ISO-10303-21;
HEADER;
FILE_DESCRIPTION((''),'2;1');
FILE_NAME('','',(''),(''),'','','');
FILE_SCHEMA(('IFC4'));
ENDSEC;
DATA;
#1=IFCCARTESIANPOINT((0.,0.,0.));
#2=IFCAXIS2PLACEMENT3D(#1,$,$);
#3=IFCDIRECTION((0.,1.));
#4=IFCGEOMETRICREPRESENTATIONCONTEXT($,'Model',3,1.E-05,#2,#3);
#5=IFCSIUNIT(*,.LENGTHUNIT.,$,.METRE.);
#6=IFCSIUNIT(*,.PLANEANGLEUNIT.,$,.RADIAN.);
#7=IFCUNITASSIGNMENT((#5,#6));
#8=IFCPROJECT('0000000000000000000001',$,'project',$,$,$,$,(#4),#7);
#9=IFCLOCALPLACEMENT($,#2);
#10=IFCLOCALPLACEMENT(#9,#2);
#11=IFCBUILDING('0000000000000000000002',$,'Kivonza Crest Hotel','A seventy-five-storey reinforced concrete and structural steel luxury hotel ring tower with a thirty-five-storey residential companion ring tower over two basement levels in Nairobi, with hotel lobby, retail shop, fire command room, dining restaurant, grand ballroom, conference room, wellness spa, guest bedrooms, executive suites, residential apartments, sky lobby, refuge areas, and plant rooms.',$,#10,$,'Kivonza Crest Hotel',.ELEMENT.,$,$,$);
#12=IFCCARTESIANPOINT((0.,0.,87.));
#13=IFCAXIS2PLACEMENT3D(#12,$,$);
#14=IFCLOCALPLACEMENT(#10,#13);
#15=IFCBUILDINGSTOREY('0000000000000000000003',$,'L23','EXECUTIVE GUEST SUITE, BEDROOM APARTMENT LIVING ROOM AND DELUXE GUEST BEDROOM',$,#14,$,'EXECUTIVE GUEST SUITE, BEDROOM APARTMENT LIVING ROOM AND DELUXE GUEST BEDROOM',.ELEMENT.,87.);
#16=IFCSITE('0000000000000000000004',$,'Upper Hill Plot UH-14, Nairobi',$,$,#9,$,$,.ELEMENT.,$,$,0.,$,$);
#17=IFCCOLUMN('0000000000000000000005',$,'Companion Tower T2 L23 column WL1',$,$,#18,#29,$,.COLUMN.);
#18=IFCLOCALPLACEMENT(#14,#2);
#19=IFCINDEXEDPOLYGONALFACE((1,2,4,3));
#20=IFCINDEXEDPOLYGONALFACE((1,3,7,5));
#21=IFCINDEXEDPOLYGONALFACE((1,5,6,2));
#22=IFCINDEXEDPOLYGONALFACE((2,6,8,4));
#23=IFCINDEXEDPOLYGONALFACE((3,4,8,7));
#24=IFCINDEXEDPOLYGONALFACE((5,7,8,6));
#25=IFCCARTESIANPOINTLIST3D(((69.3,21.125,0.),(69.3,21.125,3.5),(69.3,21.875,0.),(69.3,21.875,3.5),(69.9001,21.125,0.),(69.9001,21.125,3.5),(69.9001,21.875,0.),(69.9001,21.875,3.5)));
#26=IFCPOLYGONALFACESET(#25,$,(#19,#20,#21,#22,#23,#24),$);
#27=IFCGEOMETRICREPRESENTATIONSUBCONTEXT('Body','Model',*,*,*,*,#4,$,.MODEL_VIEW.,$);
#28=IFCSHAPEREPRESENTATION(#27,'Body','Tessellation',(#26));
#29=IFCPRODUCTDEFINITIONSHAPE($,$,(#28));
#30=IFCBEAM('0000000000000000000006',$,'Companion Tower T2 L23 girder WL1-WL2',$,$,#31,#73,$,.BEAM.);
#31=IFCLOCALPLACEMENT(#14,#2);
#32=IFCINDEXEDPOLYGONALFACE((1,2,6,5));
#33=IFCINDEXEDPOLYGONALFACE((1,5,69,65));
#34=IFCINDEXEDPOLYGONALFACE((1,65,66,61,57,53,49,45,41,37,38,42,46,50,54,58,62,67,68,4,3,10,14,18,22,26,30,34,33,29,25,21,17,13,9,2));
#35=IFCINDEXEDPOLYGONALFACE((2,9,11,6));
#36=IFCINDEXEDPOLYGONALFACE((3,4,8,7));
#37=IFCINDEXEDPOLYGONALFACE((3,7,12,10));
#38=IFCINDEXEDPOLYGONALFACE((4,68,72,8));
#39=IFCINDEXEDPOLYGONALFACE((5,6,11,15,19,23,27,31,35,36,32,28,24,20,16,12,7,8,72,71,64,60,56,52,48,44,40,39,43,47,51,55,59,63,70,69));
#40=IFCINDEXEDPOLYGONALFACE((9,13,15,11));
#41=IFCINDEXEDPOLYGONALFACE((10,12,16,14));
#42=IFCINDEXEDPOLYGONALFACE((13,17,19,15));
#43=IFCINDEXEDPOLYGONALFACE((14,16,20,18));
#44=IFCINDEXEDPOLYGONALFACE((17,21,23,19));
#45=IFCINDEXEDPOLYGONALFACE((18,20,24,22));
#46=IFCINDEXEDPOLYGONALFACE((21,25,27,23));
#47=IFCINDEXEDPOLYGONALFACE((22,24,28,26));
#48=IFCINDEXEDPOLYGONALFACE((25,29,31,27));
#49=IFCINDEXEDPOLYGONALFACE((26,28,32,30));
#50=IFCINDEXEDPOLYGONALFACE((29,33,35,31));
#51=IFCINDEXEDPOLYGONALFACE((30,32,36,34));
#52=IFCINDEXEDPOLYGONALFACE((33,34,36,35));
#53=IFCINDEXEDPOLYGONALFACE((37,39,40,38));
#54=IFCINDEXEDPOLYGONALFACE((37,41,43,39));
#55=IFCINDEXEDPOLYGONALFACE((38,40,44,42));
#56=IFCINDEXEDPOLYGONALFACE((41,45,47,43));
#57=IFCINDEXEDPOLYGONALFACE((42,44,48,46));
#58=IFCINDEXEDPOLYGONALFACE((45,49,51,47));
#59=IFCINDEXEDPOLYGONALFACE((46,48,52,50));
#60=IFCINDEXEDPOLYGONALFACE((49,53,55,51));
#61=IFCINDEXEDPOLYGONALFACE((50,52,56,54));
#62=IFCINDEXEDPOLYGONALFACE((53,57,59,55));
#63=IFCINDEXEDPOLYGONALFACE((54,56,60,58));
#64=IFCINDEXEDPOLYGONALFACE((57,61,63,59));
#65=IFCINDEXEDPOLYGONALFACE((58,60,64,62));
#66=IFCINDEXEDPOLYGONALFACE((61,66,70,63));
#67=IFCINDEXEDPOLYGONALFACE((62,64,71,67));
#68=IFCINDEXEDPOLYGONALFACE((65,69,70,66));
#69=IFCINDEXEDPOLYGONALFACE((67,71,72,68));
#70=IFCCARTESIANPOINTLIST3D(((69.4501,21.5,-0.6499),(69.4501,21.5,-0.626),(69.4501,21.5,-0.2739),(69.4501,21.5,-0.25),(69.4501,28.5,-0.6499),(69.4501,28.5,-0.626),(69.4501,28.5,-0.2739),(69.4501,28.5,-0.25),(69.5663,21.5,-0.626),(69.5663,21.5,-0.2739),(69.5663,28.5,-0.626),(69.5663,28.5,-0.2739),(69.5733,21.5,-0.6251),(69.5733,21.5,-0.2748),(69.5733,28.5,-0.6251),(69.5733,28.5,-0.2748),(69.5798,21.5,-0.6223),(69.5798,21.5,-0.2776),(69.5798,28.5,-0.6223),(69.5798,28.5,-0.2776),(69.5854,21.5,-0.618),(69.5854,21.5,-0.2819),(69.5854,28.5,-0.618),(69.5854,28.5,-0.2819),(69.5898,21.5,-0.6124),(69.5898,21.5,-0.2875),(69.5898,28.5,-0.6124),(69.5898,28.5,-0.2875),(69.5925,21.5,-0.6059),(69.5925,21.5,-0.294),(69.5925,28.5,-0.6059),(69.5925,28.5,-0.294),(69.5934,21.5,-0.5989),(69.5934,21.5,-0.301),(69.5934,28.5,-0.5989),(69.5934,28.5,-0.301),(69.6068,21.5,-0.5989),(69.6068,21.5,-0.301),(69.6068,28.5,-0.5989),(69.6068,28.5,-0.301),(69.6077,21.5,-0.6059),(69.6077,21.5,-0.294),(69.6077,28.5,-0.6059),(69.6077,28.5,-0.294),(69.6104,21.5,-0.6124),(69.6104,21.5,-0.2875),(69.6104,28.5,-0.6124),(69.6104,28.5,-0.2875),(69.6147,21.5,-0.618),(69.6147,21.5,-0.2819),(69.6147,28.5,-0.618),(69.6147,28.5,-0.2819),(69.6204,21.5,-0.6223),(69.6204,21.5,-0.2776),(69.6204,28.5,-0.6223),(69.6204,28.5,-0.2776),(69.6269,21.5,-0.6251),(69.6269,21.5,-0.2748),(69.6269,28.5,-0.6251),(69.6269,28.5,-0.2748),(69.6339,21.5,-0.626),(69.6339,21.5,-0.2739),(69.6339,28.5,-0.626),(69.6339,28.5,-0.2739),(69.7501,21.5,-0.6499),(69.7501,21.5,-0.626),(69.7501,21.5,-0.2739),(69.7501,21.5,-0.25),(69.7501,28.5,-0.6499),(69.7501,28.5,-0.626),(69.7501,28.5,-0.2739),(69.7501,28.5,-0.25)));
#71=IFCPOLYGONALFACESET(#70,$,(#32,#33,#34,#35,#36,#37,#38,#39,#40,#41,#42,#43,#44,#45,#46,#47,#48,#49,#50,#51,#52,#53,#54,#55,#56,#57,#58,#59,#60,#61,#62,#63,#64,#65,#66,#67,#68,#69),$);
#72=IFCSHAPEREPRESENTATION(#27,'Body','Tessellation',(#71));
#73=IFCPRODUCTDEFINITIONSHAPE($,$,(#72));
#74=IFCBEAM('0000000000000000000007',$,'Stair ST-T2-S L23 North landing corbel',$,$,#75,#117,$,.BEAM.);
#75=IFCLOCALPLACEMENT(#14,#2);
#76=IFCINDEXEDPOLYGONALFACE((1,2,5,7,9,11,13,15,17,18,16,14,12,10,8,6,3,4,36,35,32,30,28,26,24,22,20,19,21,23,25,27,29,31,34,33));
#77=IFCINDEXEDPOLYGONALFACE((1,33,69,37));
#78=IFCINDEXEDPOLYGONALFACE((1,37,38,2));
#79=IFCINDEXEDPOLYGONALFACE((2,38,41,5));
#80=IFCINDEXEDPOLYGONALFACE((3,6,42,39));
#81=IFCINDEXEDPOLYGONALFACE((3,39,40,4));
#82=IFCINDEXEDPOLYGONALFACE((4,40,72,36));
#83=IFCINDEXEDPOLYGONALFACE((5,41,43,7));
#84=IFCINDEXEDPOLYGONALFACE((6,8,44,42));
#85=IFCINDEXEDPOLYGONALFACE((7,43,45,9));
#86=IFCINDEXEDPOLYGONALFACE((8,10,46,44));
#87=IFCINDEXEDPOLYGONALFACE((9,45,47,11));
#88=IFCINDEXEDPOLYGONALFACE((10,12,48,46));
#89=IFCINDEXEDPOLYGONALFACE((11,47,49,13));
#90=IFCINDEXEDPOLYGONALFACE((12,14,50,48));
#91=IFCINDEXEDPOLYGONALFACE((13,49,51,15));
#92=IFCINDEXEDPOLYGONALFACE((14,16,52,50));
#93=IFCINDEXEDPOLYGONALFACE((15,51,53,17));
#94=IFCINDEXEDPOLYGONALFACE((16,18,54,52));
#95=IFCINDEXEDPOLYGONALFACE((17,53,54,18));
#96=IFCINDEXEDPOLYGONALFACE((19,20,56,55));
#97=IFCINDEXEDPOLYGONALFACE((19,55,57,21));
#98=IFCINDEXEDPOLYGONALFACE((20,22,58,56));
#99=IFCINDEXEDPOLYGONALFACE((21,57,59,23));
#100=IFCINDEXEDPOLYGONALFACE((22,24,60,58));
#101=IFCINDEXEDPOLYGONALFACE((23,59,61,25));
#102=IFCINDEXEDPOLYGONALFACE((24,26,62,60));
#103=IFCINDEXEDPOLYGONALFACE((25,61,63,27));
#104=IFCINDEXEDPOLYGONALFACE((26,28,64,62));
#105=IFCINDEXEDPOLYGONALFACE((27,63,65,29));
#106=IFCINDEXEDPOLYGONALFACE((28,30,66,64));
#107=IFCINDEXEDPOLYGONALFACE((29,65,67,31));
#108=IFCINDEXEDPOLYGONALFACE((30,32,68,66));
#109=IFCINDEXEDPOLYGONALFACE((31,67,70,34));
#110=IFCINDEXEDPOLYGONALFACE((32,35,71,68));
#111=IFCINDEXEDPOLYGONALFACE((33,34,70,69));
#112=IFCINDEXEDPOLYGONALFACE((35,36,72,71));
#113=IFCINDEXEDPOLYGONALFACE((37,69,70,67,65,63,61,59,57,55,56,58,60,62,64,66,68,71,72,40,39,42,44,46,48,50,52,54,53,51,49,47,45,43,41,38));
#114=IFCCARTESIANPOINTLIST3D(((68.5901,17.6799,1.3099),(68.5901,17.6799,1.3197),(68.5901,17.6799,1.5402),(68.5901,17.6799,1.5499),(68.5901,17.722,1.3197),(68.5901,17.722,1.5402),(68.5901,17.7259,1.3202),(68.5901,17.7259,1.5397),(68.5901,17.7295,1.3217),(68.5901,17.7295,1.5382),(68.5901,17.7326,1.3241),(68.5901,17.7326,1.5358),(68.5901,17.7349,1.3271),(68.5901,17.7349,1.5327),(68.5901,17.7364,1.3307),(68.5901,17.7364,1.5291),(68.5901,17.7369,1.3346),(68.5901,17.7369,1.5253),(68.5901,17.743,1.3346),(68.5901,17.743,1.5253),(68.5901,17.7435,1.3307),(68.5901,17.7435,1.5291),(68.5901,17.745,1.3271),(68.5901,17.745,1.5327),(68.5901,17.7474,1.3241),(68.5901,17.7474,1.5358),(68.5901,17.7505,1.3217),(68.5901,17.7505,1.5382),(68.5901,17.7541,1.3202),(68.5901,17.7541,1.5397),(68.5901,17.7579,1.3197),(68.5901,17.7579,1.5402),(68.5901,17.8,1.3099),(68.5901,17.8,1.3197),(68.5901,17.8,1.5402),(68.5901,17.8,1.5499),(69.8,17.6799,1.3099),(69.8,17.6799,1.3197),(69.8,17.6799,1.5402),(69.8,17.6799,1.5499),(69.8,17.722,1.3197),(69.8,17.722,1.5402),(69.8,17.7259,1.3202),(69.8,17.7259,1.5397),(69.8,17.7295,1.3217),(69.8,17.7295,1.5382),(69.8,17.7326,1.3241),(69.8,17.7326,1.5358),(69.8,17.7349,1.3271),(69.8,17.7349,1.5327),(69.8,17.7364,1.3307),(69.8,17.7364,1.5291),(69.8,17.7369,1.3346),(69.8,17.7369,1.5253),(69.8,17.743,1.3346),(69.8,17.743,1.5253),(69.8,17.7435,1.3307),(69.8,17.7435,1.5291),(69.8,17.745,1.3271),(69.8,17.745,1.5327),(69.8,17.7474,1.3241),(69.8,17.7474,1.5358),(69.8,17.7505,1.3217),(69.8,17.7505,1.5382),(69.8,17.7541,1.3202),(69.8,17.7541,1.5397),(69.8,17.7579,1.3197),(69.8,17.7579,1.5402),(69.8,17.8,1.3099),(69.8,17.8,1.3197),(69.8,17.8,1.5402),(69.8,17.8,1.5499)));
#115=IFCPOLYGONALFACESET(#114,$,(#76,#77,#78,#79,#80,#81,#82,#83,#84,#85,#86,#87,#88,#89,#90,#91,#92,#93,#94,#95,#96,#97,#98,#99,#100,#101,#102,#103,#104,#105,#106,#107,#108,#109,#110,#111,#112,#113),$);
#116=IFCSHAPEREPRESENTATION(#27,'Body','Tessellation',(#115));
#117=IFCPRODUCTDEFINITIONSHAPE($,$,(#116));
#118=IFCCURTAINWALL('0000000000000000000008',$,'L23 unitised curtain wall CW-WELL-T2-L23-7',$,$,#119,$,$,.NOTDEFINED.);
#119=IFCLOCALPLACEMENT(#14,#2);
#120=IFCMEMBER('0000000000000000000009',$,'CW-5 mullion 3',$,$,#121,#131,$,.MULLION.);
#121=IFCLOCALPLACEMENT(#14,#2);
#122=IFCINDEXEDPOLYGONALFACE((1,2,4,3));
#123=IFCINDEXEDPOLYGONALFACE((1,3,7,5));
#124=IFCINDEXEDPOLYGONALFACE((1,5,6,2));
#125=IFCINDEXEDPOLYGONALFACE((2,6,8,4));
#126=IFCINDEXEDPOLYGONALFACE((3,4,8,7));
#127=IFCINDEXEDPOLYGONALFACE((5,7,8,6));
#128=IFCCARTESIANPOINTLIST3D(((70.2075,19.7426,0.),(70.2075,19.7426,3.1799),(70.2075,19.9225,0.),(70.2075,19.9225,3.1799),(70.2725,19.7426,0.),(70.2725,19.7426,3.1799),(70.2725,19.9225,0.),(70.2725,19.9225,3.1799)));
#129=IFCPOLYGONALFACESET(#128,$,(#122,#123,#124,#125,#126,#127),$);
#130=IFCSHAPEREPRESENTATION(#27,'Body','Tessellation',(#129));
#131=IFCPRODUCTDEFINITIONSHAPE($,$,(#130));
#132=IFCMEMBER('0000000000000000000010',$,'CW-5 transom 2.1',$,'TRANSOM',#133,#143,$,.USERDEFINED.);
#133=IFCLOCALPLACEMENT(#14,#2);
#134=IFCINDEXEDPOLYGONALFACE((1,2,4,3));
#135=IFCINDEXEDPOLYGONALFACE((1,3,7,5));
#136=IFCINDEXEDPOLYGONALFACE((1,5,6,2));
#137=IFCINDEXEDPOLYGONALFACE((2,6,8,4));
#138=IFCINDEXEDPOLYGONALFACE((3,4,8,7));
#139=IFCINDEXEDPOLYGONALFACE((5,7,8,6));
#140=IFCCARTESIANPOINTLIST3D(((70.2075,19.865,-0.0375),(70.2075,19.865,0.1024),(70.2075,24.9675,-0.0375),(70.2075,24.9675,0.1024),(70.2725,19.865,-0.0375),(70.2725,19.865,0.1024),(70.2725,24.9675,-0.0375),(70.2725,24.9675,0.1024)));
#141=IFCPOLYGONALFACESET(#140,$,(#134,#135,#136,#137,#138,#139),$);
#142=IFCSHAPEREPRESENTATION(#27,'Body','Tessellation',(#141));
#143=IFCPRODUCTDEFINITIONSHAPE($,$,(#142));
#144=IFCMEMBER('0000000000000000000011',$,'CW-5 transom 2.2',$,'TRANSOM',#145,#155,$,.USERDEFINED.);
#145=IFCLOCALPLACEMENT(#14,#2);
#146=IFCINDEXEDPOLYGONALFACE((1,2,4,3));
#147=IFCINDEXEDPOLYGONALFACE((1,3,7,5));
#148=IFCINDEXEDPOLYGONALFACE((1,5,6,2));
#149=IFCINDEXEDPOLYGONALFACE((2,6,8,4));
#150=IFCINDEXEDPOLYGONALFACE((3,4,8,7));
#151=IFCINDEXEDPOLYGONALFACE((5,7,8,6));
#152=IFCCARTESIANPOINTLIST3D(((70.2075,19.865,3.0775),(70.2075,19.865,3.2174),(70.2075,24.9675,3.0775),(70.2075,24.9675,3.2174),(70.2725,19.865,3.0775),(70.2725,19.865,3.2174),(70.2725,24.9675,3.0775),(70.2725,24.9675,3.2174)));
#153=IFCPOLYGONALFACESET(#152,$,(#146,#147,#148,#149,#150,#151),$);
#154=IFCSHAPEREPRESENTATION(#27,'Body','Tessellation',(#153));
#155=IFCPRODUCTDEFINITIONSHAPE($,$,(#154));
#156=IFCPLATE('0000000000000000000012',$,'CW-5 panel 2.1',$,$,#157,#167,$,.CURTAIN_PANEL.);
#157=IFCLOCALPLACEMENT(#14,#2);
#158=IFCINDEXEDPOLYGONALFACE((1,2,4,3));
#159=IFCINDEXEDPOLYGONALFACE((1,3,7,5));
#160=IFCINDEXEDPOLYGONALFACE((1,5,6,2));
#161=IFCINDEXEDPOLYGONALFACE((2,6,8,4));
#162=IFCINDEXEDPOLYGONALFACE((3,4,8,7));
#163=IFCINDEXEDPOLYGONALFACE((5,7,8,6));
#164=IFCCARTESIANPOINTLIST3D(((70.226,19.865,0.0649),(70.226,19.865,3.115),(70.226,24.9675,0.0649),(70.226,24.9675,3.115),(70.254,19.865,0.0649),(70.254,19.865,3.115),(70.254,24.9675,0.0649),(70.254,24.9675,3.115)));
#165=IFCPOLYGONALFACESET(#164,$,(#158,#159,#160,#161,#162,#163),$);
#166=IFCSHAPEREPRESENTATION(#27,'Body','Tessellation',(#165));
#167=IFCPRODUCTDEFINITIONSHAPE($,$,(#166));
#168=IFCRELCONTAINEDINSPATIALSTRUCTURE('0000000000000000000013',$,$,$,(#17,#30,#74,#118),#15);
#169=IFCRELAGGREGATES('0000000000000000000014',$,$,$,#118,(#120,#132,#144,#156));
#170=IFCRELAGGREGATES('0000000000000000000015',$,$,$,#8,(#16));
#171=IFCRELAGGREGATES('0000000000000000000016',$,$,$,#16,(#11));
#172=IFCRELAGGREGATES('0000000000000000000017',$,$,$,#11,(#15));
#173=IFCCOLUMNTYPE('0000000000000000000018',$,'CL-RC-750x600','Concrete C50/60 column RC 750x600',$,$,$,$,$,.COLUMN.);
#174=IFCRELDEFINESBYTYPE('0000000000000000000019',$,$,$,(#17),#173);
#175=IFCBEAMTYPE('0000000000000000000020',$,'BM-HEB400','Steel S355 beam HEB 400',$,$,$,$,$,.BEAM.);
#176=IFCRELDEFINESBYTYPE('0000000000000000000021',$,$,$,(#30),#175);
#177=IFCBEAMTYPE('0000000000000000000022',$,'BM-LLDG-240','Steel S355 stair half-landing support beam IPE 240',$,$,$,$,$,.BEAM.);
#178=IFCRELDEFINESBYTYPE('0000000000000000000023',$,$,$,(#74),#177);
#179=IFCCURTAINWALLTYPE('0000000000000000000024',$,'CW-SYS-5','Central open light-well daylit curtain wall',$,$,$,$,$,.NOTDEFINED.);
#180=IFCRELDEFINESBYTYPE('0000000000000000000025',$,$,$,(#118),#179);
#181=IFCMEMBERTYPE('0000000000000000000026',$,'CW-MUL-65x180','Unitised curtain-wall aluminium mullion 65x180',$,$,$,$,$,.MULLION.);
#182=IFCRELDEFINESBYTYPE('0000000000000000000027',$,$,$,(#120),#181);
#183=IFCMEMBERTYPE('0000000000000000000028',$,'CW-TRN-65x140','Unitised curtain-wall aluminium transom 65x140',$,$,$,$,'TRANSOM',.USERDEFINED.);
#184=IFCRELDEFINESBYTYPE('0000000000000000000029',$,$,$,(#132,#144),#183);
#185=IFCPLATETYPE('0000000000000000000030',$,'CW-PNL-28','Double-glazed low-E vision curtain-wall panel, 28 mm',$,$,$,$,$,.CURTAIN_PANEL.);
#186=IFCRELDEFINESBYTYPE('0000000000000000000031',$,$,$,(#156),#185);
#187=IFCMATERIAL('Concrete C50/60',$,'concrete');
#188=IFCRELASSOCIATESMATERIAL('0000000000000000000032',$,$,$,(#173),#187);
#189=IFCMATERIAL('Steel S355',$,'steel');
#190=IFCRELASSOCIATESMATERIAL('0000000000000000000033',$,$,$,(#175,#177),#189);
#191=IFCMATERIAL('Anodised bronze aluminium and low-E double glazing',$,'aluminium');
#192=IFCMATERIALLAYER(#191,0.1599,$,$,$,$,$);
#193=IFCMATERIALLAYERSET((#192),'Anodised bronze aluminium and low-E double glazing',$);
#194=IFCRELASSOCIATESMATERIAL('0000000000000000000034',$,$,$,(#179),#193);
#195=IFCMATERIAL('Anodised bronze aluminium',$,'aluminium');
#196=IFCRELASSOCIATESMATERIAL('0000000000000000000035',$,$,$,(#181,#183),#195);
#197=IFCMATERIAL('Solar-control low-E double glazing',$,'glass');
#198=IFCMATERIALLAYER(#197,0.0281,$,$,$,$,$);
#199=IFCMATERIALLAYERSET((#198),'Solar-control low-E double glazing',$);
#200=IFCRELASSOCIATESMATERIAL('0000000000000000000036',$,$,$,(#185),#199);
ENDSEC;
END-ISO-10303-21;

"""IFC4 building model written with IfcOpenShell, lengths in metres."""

from ifc_helpers import new_model, si_unit, direction, frame, origin, origin_2d, place, context, subcontext, project, spatial, rectangle, i_section, extrude, material, layer, layer_set, material_profile, profile_set, type_object, element, aggregate, save


model = new_model("IFC4")

# Units and contexts
model_context = context("Model", 3, precision=1e-05, world=origin(), true_north=direction((0.0, 1.0)))
body_context = subcontext(model_context, "Body", "Model", "MODEL_VIEW")
ifc_project = project(units=[si_unit("LENGTHUNIT", "METRE"), si_unit("PLANEANGLEUNIT", "RADIAN")], contexts=[model_context])

# Site, building, storey
site_placement = place(None, origin())
site = spatial("IfcSite", under=ifc_project, at=site_placement, Name="Upper Hill Plot UH-14, Nairobi", CompositionType="ELEMENT", RefElevation=0.0)
building_placement = place(site_placement, origin())
building = spatial("IfcBuilding", under=site, at=building_placement, Name="Kivonza Crest Hotel", Description="A seventy-five-storey reinforced concrete and structural steel luxury hotel ring tower with a thirty-five-storey residential companion ring tower over two basement levels in Nairobi, with hotel lobby, retail shop, fire command room, dining restaurant, grand ballroom, conference room, wellness spa, guest bedrooms, executive suites, residential apartments, sky lobby, refuge areas, and plant rooms.", LongName="Kivonza Crest Hotel", CompositionType="ELEMENT")
storey_placement = place(building_placement, frame((0.0, 0.0, 87.0)))
storey = spatial("IfcBuildingStorey", under=building, at=storey_placement, Name="L23", Description="EXECUTIVE GUEST SUITE, BEDROOM APARTMENT LIVING ROOM AND DELUXE GUEST BEDROOM", LongName="EXECUTIVE GUEST SUITE, BEDROOM APARTMENT LIVING ROOM AND DELUXE GUEST BEDROOM", CompositionType="ELEMENT", Elevation=87.0)

# Column
ifc_material_1 = material(Name="Concrete C50/60", Category="concrete")
ifc_material_profile_1 = material_profile(ifc_material_1, rectangle(XDim=0.6001, YDim=0.75, at=origin_2d()), Name="RC 750x600")
ifc_profile_set_1 = profile_set([ifc_material_profile_1], Name="Concrete C50/60")
column_type = type_object("IfcColumnType", Name="CL-RC-750x600", Description="Concrete C50/60 column RC 750x600", PredefinedType="COLUMN", material=ifc_profile_set_1)
column_placement = place(storey_placement, frame((69.6001, 21.5, 0.0), z_axis=(0.0, 0.0, 1.0), x_axis=(1.0, 0.0, 0.0)))
element("IfcColumn", 1, at=column_placement, inside=storey, type_object=column_type, Name="Companion Tower T2 L23 column WL1", PredefinedType="COLUMN", context=body_context, shape_type="SweptSolid", body=[
    extrude(rectangle(XDim=0.6001, YDim=0.75, at=origin_2d()), origin(), (0.0, 0.0, 1.0), 3.5),
])

# Beams
ifc_material_2 = material(Name="Steel S355", Category="steel")
ifc_material_profile_2 = material_profile(ifc_material_2, i_section(OverallWidth=0.3, OverallDepth=0.3999, WebThickness=0.0134, FlangeThickness=0.0239, FilletRadius=0.0271, at=origin_2d()), Name="HEB 400")
ifc_profile_set_2 = profile_set([ifc_material_profile_2], Name="Steel S355")
beam_type_1 = type_object("IfcBeamType", Name="BM-HEB400", Description="Steel S355 beam HEB 400", PredefinedType="BEAM", material=ifc_profile_set_2)
beam_1_placement = place(storey_placement, frame((69.6001, 21.5, -0.45), z_axis=(0.0, 1.0, 0.0), x_axis=(-1.0, 0.0, 0.0)))
element("IfcBeam", 2, at=beam_1_placement, inside=storey, type_object=beam_type_1, Name="Companion Tower T2 L23 girder WL1-WL2", PredefinedType="BEAM", context=body_context, shape_type="SweptSolid", body=[
    extrude(i_section(OverallWidth=0.3, OverallDepth=0.3999, WebThickness=0.0134, FlangeThickness=0.0239, FilletRadius=0.0271, at=origin_2d()), origin(), (0.0, 0.0, 1.0), 7.0),
])
ifc_material_profile_3 = material_profile(ifc_material_2, i_section(OverallWidth=0.1201, OverallDepth=0.24, WebThickness=0.0061, FlangeThickness=0.0098, FilletRadius=0.0149, at=origin_2d()), Name="IPE 240")
ifc_profile_set_3 = profile_set([ifc_material_profile_3], Name="Steel S355")
beam_type_2 = type_object("IfcBeamType", Name="BM-LLDG-240", Description="Steel S355 stair half-landing support beam IPE 240", PredefinedType="BEAM", material=ifc_profile_set_3)
beam_2_placement = place(storey_placement, frame((68.5901, 17.74, 1.4299), z_axis=(1.0, 0.0, 0.0), x_axis=(0.0, 1.0, 0.0)))
element("IfcBeam", 3, at=beam_2_placement, inside=storey, type_object=beam_type_2, Name="Stair ST-T2-S L23 North landing corbel", PredefinedType="BEAM", context=body_context, shape_type="SweptSolid", body=[
    extrude(i_section(OverallWidth=0.1201, OverallDepth=0.24, WebThickness=0.0061, FlangeThickness=0.0098, FilletRadius=0.0149, at=origin_2d()), origin(), (0.0, 0.0, 1.0), 1.21),
])

# Curtain wall, members, plate
ifc_material_3 = material(Name="Anodised bronze aluminium and low-E double glazing", Category="aluminium")
ifc_layer_1 = layer(ifc_material_3, 0.1599)
ifc_layer_set_1 = layer_set([ifc_layer_1], Name="Anodised bronze aluminium and low-E double glazing")
curtain_wall_type = type_object("IfcCurtainWallType", Name="CW-SYS-5", Description="Central open light-well daylit curtain wall", PredefinedType="NOTDEFINED", material=ifc_layer_set_1)
curtain_wall_placement = place(storey_placement, origin())
curtain_wall = element("IfcCurtainWall", 4, at=curtain_wall_placement, inside=storey, type_object=curtain_wall_type, Name="L23 unitised curtain wall CW-WELL-T2-L23-7", PredefinedType="NOTDEFINED")
ifc_material_4 = material(Name="Anodised bronze aluminium", Category="aluminium")
ifc_material_profile_4 = material_profile(ifc_material_4, rectangle(XDim=0.0649, YDim=0.1799, at=origin_2d()), Name="CW-M 65x180")
ifc_profile_set_4 = profile_set([ifc_material_profile_4], Name="Anodised bronze aluminium")
member_type_1 = type_object("IfcMemberType", Name="CW-MUL-65x180", Description="Unitised curtain-wall aluminium mullion 65x180", PredefinedType="MULLION", material=ifc_profile_set_4)
member_1_placement = place(storey_placement, frame((70.24, 19.8325, 0.0), z_axis=(0.0, 0.0, 1.0), x_axis=(1.0, 0.0, 0.0)))
member_1 = element("IfcMember", 5, at=member_1_placement, type_object=member_type_1, Name="CW-5 mullion 3", PredefinedType="MULLION", context=body_context, shape_type="SweptSolid", body=[
    extrude(rectangle(XDim=0.0649, YDim=0.1799, at=origin_2d()), origin(), (0.0, 0.0, 1.0), 3.1799),
])
ifc_material_profile_5 = material_profile(ifc_material_4, rectangle(XDim=0.0649, YDim=0.1399, at=origin_2d()), Name="CW-T 65x140")
ifc_profile_set_5 = profile_set([ifc_material_profile_5], Name="Anodised bronze aluminium")
member_type_2 = type_object("IfcMemberType", Name="CW-TRN-65x140", Description="Unitised curtain-wall aluminium transom 65x140", ElementType="TRANSOM", PredefinedType="USERDEFINED", material=ifc_profile_set_5)
member_2_placement = place(storey_placement, frame((70.24, 24.9675, 0.0325), z_axis=(0.0, -1.0, 0.0), x_axis=(1.0, 0.0, 0.0)))
member_2 = element("IfcMember", 6, at=member_2_placement, type_object=member_type_2, Name="CW-5 transom 2.1", ObjectType="TRANSOM", PredefinedType="USERDEFINED", context=body_context, shape_type="SweptSolid", body=[
    extrude(rectangle(XDim=0.0649, YDim=0.1399, at=origin_2d()), origin(), (0.0, 0.0, 1.0), 5.1025),
])
member_3_placement = place(storey_placement, frame((70.24, 24.9675, 3.1475), z_axis=(0.0, -1.0, 0.0), x_axis=(1.0, 0.0, 0.0)))
member_3 = element("IfcMember", 7, at=member_3_placement, type_object=member_type_2, Name="CW-5 transom 2.2", ObjectType="TRANSOM", PredefinedType="USERDEFINED", context=body_context, shape_type="SweptSolid", body=[
    extrude(rectangle(XDim=0.0649, YDim=0.1399, at=origin_2d()), origin(), (0.0, 0.0, 1.0), 5.1025),
])
ifc_material_5 = material(Name="Solar-control low-E double glazing", Category="glass")
ifc_layer_2 = layer(ifc_material_5, 0.0281)
ifc_layer_set_2 = layer_set([ifc_layer_2], Name="Solar-control low-E double glazing")
plate_type = type_object("IfcPlateType", Name="CW-PNL-28", Description="Double-glazed low-E vision curtain-wall panel, 28 mm", PredefinedType="CURTAIN_PANEL", material=ifc_layer_set_2)
plate_placement = place(storey_placement, frame((70.24, 22.4163, 0.0649), z_axis=(0.0, 0.0, 1.0), x_axis=(0.0, -1.0, 0.0)))
plate = element("IfcPlate", 8, at=plate_placement, type_object=plate_type, Name="CW-5 panel 2.1", PredefinedType="CURTAIN_PANEL", context=body_context, shape_type="SweptSolid", body=[
    extrude(rectangle(XDim=5.1025, YDim=0.0281, at=origin_2d()), origin(), (0.0, 0.0, 1.0), 3.05),
])
aggregate(curtain_wall, [member_1, member_2, member_3, plate])

save(model, "model.ifc")
